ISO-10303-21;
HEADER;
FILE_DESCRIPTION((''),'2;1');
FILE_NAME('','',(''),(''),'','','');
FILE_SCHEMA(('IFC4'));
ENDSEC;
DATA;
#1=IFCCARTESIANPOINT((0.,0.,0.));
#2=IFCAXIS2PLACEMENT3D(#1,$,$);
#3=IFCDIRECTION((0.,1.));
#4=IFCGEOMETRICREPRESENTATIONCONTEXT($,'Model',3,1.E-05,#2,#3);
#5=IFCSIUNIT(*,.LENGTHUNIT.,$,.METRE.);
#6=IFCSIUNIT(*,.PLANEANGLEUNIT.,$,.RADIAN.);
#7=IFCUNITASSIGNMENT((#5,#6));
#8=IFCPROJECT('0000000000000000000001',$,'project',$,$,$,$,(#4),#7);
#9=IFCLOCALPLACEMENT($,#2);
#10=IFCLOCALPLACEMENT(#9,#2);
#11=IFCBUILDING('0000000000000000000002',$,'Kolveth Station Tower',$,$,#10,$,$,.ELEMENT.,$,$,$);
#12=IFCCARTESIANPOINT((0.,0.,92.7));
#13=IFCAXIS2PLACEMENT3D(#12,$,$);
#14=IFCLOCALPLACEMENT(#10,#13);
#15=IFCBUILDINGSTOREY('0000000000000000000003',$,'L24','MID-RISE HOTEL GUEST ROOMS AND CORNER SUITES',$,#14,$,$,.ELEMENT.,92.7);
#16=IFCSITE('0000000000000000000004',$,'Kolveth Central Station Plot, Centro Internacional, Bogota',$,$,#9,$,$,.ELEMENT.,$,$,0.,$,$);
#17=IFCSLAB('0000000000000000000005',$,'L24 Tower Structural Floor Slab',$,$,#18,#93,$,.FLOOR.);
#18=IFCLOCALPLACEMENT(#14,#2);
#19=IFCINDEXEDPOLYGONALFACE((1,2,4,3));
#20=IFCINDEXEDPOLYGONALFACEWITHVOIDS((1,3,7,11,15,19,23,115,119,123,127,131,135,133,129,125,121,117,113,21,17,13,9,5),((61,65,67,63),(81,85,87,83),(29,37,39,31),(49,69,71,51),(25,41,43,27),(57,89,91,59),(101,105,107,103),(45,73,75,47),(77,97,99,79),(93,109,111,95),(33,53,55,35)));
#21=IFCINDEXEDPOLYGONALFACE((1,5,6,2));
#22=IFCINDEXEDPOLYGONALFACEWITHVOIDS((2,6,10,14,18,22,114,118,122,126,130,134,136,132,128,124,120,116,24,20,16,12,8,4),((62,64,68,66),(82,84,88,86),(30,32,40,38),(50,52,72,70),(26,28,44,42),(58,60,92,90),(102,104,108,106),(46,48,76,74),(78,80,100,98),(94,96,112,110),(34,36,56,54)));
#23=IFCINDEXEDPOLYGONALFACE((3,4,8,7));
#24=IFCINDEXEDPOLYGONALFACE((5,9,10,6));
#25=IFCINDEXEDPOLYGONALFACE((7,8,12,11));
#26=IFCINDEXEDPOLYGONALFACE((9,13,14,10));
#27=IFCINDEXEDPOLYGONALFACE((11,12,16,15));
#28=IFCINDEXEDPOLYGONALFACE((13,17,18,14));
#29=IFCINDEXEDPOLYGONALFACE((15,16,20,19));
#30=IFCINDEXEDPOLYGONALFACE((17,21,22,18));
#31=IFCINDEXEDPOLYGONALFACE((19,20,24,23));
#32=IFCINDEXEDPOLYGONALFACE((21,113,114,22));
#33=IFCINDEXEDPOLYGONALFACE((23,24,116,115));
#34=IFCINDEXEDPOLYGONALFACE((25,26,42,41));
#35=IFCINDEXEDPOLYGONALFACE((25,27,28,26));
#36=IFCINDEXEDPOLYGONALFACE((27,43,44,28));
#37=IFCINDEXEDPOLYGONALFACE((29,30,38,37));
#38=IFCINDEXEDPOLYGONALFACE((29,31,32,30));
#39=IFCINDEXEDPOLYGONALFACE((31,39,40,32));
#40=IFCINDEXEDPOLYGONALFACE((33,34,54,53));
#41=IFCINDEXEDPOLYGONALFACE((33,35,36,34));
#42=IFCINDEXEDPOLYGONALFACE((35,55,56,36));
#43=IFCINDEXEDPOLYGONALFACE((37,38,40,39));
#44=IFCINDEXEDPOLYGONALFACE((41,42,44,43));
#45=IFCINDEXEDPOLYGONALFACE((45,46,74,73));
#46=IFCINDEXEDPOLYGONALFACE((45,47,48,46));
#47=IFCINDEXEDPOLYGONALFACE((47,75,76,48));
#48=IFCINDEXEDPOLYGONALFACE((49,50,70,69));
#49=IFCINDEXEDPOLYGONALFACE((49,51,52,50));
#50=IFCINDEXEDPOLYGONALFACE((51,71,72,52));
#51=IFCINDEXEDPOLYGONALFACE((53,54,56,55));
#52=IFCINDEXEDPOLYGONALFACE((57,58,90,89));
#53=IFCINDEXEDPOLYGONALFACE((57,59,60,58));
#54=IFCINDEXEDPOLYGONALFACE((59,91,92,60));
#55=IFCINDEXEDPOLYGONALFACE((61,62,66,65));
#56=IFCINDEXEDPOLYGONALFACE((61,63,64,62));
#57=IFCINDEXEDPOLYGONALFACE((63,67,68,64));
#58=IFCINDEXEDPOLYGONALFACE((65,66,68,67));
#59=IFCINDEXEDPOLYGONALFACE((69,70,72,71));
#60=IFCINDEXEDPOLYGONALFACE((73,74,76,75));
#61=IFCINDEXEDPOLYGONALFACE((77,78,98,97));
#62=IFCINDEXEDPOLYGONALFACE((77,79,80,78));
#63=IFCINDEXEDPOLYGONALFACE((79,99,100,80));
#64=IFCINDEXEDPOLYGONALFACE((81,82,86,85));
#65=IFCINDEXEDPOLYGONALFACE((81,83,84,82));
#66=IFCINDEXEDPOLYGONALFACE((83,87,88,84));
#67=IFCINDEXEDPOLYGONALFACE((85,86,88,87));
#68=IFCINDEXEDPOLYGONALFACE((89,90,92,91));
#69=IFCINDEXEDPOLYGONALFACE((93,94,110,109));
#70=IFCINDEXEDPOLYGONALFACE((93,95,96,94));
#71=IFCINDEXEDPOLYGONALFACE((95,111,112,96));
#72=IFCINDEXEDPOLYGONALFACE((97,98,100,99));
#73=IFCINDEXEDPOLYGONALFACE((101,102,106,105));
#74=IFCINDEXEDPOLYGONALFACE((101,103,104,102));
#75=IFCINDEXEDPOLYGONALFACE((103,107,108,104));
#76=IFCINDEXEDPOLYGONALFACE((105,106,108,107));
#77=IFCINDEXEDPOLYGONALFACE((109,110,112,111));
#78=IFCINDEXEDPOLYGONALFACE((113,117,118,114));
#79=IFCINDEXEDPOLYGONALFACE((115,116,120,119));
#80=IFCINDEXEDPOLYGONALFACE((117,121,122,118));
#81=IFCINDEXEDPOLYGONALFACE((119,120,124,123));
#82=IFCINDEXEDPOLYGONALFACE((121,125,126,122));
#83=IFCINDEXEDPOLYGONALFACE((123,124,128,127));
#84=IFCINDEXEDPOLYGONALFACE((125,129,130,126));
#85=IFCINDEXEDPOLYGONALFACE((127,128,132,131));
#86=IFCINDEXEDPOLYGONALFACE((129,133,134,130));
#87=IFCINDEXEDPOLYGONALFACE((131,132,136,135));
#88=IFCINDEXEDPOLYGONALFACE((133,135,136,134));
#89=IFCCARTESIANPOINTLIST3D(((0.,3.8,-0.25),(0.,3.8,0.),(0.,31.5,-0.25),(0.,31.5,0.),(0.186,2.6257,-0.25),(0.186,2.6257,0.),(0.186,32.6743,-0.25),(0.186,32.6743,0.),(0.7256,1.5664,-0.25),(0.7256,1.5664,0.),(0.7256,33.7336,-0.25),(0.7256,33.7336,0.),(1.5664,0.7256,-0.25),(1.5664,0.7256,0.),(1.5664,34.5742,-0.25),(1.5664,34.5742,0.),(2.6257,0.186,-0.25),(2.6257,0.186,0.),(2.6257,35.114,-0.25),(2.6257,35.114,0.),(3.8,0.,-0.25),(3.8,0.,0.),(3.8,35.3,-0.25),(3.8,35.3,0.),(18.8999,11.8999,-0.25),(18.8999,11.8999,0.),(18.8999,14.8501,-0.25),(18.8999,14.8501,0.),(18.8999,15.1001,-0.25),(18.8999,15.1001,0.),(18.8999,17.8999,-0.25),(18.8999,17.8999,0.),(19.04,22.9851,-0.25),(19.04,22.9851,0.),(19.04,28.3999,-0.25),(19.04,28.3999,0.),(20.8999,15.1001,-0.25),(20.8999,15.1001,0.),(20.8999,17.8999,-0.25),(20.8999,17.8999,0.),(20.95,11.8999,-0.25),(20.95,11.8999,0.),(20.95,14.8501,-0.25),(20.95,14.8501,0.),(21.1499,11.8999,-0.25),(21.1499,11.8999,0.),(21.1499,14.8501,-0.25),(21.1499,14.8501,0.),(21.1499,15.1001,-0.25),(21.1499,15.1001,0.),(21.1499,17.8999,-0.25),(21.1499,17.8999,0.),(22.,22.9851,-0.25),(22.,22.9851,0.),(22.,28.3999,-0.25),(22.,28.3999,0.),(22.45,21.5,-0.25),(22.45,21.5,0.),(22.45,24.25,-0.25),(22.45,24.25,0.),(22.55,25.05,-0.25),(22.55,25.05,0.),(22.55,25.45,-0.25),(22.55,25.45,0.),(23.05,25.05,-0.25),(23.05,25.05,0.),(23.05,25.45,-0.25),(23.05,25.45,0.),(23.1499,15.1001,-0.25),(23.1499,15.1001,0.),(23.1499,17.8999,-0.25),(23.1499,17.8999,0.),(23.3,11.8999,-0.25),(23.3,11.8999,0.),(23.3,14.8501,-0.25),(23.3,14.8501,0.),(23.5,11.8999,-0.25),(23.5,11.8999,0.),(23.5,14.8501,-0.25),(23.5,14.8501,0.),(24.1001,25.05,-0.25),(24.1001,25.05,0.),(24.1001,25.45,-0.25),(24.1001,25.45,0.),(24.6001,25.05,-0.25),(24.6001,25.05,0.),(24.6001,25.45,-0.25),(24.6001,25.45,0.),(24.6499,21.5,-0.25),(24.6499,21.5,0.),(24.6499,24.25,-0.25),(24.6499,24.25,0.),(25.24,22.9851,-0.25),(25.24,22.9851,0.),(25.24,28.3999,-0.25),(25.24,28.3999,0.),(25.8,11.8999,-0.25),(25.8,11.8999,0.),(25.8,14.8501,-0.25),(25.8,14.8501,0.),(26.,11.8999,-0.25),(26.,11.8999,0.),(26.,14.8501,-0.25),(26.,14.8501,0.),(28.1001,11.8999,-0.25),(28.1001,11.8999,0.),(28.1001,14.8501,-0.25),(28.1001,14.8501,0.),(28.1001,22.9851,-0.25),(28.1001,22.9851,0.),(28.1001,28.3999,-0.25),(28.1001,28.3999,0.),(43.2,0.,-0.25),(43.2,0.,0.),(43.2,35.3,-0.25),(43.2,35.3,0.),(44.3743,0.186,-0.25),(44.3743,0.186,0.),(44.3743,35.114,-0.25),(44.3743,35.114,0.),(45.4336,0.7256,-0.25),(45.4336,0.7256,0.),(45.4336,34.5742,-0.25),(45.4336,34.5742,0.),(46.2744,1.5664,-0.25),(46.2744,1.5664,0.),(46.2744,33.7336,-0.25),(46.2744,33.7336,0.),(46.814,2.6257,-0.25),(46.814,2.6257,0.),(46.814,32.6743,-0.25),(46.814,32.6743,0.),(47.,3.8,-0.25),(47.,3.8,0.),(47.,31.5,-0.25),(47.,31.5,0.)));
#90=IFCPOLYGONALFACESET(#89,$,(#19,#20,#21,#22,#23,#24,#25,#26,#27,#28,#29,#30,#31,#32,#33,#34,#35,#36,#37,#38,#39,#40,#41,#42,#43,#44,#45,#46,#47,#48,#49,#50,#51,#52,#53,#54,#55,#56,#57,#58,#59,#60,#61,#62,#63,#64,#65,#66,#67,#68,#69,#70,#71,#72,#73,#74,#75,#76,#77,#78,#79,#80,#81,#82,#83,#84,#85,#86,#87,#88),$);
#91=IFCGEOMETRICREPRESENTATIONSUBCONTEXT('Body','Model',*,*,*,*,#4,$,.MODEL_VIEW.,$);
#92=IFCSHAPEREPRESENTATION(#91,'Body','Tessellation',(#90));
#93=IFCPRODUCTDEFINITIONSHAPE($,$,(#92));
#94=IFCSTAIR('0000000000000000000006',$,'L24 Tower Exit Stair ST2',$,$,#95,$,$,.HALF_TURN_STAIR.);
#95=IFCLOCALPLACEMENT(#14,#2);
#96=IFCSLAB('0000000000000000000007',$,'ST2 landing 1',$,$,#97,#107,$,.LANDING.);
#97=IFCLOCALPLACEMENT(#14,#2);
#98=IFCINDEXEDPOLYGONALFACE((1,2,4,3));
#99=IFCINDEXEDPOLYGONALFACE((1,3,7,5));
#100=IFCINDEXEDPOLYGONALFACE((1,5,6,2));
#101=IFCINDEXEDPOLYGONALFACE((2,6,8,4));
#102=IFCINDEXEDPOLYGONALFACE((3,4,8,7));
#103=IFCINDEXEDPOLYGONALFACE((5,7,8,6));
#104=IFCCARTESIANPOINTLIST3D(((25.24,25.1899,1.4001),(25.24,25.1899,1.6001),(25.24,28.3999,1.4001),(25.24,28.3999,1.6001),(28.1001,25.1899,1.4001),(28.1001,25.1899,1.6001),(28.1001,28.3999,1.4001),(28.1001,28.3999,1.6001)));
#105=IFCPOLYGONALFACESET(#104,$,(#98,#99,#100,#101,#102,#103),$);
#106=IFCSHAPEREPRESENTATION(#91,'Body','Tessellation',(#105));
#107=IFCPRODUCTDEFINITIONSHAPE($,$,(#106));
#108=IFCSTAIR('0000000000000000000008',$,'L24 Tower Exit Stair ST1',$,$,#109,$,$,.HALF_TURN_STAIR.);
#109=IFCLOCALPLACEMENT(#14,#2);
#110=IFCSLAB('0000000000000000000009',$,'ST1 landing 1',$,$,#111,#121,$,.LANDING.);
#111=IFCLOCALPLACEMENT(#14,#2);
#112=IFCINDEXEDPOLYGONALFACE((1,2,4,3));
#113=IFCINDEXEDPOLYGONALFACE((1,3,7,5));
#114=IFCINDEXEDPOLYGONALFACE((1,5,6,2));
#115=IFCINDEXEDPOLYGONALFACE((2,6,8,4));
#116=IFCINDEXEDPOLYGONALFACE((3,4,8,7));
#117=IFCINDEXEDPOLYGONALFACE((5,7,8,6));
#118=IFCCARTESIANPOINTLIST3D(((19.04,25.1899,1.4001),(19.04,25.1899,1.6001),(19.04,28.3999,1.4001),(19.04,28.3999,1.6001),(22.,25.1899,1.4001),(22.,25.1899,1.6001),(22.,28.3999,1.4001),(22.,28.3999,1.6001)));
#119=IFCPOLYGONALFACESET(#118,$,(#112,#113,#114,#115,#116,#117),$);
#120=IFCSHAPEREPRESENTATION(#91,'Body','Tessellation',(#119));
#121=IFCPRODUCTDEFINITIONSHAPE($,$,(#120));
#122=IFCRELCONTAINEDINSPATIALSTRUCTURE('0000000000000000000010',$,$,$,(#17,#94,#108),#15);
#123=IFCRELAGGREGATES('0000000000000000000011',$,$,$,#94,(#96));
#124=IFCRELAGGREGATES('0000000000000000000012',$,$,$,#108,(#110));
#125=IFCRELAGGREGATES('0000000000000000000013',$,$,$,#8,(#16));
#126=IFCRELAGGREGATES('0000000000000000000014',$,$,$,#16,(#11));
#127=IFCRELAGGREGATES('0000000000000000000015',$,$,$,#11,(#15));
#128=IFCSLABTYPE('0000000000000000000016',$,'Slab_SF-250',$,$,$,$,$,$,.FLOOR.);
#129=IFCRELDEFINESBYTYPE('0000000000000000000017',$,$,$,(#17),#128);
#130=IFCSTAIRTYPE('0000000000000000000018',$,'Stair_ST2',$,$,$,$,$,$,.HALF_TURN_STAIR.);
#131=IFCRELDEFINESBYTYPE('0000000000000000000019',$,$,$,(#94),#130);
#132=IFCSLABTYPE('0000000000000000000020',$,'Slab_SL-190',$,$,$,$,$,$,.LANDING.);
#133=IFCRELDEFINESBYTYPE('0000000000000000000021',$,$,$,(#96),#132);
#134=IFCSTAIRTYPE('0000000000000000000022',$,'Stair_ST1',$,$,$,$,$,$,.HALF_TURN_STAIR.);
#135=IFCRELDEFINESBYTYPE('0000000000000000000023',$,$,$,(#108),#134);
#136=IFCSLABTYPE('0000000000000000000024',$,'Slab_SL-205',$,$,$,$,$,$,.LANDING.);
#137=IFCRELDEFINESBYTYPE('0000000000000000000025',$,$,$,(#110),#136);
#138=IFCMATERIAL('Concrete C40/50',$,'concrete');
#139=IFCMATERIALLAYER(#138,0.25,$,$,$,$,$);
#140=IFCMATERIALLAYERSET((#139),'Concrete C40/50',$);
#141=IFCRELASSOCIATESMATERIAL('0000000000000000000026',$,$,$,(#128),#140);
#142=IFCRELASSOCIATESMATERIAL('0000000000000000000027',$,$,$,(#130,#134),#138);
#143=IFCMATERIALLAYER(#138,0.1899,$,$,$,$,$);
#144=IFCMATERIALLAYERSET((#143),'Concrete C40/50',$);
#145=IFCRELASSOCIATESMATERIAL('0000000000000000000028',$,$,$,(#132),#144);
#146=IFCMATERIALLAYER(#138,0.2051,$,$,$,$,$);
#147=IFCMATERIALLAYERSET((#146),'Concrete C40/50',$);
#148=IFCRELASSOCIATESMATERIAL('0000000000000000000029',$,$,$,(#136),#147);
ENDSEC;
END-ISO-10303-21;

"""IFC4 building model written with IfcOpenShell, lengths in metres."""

from ifc_helpers import new_model, si_unit, direction, frame, origin, place, context, subcontext, project, spatial, polyline, outline, extrude, material, layer, layer_set, type_object, element, aggregate, save


model = new_model("IFC4")

# Units and contexts
model_context = context("Model", 3, precision=1e-05, world=origin(), true_north=direction((0.0, 1.0)))
body_context = subcontext(model_context, "Body", "Model", "MODEL_VIEW")
ifc_project = project(units=[si_unit("LENGTHUNIT", "METRE"), si_unit("PLANEANGLEUNIT", "RADIAN")], contexts=[model_context])

# Site, building, storey
site_placement = place(None, origin())
site = spatial("IfcSite", under=ifc_project, at=site_placement, Name="Kolveth Central Station Plot, Centro Internacional, Bogota", CompositionType="ELEMENT", RefElevation=0.0)
building_placement = place(site_placement, origin())
building = spatial("IfcBuilding", under=site, at=building_placement, Name="Kolveth Station Tower", CompositionType="ELEMENT")
storey_placement = place(building_placement, frame((0.0, 0.0, 92.7)))
storey = spatial("IfcBuildingStorey", under=building, at=storey_placement, Name="L24", Description="MID-RISE HOTEL GUEST ROOMS AND CORNER SUITES", CompositionType="ELEMENT", Elevation=92.7)

# Slab
ifc_material_1 = material(Name="Concrete C40/50", Category="concrete")
ifc_layer_1 = layer(ifc_material_1, 0.25)
ifc_layer_set_1 = layer_set([ifc_layer_1], Name="Concrete C40/50")
slab_type_1 = type_object("IfcSlabType", Name="Slab_SF-250", PredefinedType="FLOOR", material=ifc_layer_set_1)
slab_1_placement = place(storey_placement, frame((0.0, 0.0, -0.25)))
element("IfcSlab", 1, at=slab_1_placement, inside=storey, type_object=slab_type_1, Name="L24 Tower Structural Floor Slab", PredefinedType="FLOOR", context=body_context, shape_type="SweptSolid", body=[
    extrude(outline(polyline([(43.2, 0.0), (44.3743, 0.186), (45.4336, 0.7256), (46.2744, 1.5664), (46.814, 2.6257), (47.0, 3.8), (47.0, 31.5), (46.814, 32.6743), (46.2744, 33.7336), (45.4336, 34.5742), (44.3743, 35.114), (43.2, 35.3), (3.8, 35.3), (2.6257, 35.114), (1.5664, 34.5742), (0.7256, 33.7336), (0.186, 32.6743), (0.0, 31.5), (0.0, 3.8), (0.186, 2.6257), (0.7256, 1.5664), (1.5664, 0.7256), (2.6257, 0.186), (3.8, 0.0), (43.2, 0.0)]), holes=[polyline([(19.04, 22.9851), (22.0, 22.9851), (22.0, 28.3999), (19.04, 28.3999), (19.04, 22.9851)]), polyline([(25.24, 22.9851), (28.1001, 22.9851), (28.1001, 28.3999), (25.24, 28.3999), (25.24, 22.9851)]), polyline([(18.8999, 15.1001), (20.8999, 15.1001), (20.8999, 17.8999), (18.8999, 17.8999), (18.8999, 15.1001)]), polyline([(21.1499, 15.1001), (23.1499, 15.1001), (23.1499, 17.8999), (21.1499, 17.8999), (21.1499, 15.1001)]), polyline([(22.45, 21.5), (24.6499, 21.5), (24.6499, 24.25), (22.45, 24.25), (22.45, 21.5)]), polyline([(18.8999, 11.8999), (20.95, 11.8999), (20.95, 14.8501), (18.8999, 14.8501), (18.8999, 11.8999)]), polyline([(21.1499, 11.8999), (23.3, 11.8999), (23.3, 14.8501), (21.1499, 14.8501), (21.1499, 11.8999)]), polyline([(23.5, 11.8999), (25.8, 11.8999), (25.8, 14.8501), (23.5, 14.8501), (23.5, 11.8999)]), polyline([(26.0, 11.8999), (28.1001, 11.8999), (28.1001, 14.8501), (26.0, 14.8501), (26.0, 11.8999)]), polyline([(22.55, 25.05), (23.05, 25.05), (23.05, 25.45), (22.55, 25.45), (22.55, 25.05)]), polyline([(24.1001, 25.05), (24.6001, 25.05), (24.6001, 25.45), (24.1001, 25.45), (24.1001, 25.05)])]), origin(), (0.0, 0.0, 1.0), 0.25),
])

# Stairs, slabs
stair_type_1 = type_object("IfcStairType", Name="Stair_ST2", PredefinedType="HALF_TURN_STAIR", material=ifc_material_1)
stair_1_placement = place(storey_placement, origin())
stair_1 = element("IfcStair", 2, at=stair_1_placement, inside=storey, type_object=stair_type_1, Name="L24 Tower Exit Stair ST2", PredefinedType="HALF_TURN_STAIR")
ifc_layer_2 = layer(ifc_material_1, 0.1899)
ifc_layer_set_2 = layer_set([ifc_layer_2], Name="Concrete C40/50")
slab_type_2 = type_object("IfcSlabType", Name="Slab_SL-190", PredefinedType="LANDING", material=ifc_layer_set_2)
slab_2_placement = place(storey_placement, frame((0.0, 0.0, 1.4001)))
slab_2 = element("IfcSlab", 3, at=slab_2_placement, type_object=slab_type_2, Name="ST2 landing 1", PredefinedType="LANDING", context=body_context, shape_type="SweptSolid", body=[
    extrude(outline(polyline([(28.1001, 25.1899), (28.1001, 28.3999), (25.24, 28.3999), (25.24, 25.1899), (28.1001, 25.1899)])), origin(), (0.0, 0.0, 1.0), 0.2),
])
aggregate(stair_1, [slab_2])
stair_type_2 = type_object("IfcStairType", Name="Stair_ST1", PredefinedType="HALF_TURN_STAIR", material=ifc_material_1)
stair_2_placement = place(storey_placement, origin())
stair_2 = element("IfcStair", 4, at=stair_2_placement, inside=storey, type_object=stair_type_2, Name="L24 Tower Exit Stair ST1", PredefinedType="HALF_TURN_STAIR")
ifc_layer_3 = layer(ifc_material_1, 0.2051)
ifc_layer_set_3 = layer_set([ifc_layer_3], Name="Concrete C40/50")
slab_type_3 = type_object("IfcSlabType", Name="Slab_SL-205", PredefinedType="LANDING", material=ifc_layer_set_3)
slab_3_placement = place(storey_placement, frame((0.0, 0.0, 1.4001)))
slab_3 = element("IfcSlab", 5, at=slab_3_placement, type_object=slab_type_3, Name="ST1 landing 1", PredefinedType="LANDING", context=body_context, shape_type="SweptSolid", body=[
    extrude(outline(polyline([(22.0, 25.1899), (22.0, 28.3999), (19.04, 28.3999), (19.04, 25.1899), (22.0, 25.1899)])), origin(), (0.0, 0.0, 1.0), 0.2),
])
aggregate(stair_2, [slab_3])

save(model, "model.ifc")
